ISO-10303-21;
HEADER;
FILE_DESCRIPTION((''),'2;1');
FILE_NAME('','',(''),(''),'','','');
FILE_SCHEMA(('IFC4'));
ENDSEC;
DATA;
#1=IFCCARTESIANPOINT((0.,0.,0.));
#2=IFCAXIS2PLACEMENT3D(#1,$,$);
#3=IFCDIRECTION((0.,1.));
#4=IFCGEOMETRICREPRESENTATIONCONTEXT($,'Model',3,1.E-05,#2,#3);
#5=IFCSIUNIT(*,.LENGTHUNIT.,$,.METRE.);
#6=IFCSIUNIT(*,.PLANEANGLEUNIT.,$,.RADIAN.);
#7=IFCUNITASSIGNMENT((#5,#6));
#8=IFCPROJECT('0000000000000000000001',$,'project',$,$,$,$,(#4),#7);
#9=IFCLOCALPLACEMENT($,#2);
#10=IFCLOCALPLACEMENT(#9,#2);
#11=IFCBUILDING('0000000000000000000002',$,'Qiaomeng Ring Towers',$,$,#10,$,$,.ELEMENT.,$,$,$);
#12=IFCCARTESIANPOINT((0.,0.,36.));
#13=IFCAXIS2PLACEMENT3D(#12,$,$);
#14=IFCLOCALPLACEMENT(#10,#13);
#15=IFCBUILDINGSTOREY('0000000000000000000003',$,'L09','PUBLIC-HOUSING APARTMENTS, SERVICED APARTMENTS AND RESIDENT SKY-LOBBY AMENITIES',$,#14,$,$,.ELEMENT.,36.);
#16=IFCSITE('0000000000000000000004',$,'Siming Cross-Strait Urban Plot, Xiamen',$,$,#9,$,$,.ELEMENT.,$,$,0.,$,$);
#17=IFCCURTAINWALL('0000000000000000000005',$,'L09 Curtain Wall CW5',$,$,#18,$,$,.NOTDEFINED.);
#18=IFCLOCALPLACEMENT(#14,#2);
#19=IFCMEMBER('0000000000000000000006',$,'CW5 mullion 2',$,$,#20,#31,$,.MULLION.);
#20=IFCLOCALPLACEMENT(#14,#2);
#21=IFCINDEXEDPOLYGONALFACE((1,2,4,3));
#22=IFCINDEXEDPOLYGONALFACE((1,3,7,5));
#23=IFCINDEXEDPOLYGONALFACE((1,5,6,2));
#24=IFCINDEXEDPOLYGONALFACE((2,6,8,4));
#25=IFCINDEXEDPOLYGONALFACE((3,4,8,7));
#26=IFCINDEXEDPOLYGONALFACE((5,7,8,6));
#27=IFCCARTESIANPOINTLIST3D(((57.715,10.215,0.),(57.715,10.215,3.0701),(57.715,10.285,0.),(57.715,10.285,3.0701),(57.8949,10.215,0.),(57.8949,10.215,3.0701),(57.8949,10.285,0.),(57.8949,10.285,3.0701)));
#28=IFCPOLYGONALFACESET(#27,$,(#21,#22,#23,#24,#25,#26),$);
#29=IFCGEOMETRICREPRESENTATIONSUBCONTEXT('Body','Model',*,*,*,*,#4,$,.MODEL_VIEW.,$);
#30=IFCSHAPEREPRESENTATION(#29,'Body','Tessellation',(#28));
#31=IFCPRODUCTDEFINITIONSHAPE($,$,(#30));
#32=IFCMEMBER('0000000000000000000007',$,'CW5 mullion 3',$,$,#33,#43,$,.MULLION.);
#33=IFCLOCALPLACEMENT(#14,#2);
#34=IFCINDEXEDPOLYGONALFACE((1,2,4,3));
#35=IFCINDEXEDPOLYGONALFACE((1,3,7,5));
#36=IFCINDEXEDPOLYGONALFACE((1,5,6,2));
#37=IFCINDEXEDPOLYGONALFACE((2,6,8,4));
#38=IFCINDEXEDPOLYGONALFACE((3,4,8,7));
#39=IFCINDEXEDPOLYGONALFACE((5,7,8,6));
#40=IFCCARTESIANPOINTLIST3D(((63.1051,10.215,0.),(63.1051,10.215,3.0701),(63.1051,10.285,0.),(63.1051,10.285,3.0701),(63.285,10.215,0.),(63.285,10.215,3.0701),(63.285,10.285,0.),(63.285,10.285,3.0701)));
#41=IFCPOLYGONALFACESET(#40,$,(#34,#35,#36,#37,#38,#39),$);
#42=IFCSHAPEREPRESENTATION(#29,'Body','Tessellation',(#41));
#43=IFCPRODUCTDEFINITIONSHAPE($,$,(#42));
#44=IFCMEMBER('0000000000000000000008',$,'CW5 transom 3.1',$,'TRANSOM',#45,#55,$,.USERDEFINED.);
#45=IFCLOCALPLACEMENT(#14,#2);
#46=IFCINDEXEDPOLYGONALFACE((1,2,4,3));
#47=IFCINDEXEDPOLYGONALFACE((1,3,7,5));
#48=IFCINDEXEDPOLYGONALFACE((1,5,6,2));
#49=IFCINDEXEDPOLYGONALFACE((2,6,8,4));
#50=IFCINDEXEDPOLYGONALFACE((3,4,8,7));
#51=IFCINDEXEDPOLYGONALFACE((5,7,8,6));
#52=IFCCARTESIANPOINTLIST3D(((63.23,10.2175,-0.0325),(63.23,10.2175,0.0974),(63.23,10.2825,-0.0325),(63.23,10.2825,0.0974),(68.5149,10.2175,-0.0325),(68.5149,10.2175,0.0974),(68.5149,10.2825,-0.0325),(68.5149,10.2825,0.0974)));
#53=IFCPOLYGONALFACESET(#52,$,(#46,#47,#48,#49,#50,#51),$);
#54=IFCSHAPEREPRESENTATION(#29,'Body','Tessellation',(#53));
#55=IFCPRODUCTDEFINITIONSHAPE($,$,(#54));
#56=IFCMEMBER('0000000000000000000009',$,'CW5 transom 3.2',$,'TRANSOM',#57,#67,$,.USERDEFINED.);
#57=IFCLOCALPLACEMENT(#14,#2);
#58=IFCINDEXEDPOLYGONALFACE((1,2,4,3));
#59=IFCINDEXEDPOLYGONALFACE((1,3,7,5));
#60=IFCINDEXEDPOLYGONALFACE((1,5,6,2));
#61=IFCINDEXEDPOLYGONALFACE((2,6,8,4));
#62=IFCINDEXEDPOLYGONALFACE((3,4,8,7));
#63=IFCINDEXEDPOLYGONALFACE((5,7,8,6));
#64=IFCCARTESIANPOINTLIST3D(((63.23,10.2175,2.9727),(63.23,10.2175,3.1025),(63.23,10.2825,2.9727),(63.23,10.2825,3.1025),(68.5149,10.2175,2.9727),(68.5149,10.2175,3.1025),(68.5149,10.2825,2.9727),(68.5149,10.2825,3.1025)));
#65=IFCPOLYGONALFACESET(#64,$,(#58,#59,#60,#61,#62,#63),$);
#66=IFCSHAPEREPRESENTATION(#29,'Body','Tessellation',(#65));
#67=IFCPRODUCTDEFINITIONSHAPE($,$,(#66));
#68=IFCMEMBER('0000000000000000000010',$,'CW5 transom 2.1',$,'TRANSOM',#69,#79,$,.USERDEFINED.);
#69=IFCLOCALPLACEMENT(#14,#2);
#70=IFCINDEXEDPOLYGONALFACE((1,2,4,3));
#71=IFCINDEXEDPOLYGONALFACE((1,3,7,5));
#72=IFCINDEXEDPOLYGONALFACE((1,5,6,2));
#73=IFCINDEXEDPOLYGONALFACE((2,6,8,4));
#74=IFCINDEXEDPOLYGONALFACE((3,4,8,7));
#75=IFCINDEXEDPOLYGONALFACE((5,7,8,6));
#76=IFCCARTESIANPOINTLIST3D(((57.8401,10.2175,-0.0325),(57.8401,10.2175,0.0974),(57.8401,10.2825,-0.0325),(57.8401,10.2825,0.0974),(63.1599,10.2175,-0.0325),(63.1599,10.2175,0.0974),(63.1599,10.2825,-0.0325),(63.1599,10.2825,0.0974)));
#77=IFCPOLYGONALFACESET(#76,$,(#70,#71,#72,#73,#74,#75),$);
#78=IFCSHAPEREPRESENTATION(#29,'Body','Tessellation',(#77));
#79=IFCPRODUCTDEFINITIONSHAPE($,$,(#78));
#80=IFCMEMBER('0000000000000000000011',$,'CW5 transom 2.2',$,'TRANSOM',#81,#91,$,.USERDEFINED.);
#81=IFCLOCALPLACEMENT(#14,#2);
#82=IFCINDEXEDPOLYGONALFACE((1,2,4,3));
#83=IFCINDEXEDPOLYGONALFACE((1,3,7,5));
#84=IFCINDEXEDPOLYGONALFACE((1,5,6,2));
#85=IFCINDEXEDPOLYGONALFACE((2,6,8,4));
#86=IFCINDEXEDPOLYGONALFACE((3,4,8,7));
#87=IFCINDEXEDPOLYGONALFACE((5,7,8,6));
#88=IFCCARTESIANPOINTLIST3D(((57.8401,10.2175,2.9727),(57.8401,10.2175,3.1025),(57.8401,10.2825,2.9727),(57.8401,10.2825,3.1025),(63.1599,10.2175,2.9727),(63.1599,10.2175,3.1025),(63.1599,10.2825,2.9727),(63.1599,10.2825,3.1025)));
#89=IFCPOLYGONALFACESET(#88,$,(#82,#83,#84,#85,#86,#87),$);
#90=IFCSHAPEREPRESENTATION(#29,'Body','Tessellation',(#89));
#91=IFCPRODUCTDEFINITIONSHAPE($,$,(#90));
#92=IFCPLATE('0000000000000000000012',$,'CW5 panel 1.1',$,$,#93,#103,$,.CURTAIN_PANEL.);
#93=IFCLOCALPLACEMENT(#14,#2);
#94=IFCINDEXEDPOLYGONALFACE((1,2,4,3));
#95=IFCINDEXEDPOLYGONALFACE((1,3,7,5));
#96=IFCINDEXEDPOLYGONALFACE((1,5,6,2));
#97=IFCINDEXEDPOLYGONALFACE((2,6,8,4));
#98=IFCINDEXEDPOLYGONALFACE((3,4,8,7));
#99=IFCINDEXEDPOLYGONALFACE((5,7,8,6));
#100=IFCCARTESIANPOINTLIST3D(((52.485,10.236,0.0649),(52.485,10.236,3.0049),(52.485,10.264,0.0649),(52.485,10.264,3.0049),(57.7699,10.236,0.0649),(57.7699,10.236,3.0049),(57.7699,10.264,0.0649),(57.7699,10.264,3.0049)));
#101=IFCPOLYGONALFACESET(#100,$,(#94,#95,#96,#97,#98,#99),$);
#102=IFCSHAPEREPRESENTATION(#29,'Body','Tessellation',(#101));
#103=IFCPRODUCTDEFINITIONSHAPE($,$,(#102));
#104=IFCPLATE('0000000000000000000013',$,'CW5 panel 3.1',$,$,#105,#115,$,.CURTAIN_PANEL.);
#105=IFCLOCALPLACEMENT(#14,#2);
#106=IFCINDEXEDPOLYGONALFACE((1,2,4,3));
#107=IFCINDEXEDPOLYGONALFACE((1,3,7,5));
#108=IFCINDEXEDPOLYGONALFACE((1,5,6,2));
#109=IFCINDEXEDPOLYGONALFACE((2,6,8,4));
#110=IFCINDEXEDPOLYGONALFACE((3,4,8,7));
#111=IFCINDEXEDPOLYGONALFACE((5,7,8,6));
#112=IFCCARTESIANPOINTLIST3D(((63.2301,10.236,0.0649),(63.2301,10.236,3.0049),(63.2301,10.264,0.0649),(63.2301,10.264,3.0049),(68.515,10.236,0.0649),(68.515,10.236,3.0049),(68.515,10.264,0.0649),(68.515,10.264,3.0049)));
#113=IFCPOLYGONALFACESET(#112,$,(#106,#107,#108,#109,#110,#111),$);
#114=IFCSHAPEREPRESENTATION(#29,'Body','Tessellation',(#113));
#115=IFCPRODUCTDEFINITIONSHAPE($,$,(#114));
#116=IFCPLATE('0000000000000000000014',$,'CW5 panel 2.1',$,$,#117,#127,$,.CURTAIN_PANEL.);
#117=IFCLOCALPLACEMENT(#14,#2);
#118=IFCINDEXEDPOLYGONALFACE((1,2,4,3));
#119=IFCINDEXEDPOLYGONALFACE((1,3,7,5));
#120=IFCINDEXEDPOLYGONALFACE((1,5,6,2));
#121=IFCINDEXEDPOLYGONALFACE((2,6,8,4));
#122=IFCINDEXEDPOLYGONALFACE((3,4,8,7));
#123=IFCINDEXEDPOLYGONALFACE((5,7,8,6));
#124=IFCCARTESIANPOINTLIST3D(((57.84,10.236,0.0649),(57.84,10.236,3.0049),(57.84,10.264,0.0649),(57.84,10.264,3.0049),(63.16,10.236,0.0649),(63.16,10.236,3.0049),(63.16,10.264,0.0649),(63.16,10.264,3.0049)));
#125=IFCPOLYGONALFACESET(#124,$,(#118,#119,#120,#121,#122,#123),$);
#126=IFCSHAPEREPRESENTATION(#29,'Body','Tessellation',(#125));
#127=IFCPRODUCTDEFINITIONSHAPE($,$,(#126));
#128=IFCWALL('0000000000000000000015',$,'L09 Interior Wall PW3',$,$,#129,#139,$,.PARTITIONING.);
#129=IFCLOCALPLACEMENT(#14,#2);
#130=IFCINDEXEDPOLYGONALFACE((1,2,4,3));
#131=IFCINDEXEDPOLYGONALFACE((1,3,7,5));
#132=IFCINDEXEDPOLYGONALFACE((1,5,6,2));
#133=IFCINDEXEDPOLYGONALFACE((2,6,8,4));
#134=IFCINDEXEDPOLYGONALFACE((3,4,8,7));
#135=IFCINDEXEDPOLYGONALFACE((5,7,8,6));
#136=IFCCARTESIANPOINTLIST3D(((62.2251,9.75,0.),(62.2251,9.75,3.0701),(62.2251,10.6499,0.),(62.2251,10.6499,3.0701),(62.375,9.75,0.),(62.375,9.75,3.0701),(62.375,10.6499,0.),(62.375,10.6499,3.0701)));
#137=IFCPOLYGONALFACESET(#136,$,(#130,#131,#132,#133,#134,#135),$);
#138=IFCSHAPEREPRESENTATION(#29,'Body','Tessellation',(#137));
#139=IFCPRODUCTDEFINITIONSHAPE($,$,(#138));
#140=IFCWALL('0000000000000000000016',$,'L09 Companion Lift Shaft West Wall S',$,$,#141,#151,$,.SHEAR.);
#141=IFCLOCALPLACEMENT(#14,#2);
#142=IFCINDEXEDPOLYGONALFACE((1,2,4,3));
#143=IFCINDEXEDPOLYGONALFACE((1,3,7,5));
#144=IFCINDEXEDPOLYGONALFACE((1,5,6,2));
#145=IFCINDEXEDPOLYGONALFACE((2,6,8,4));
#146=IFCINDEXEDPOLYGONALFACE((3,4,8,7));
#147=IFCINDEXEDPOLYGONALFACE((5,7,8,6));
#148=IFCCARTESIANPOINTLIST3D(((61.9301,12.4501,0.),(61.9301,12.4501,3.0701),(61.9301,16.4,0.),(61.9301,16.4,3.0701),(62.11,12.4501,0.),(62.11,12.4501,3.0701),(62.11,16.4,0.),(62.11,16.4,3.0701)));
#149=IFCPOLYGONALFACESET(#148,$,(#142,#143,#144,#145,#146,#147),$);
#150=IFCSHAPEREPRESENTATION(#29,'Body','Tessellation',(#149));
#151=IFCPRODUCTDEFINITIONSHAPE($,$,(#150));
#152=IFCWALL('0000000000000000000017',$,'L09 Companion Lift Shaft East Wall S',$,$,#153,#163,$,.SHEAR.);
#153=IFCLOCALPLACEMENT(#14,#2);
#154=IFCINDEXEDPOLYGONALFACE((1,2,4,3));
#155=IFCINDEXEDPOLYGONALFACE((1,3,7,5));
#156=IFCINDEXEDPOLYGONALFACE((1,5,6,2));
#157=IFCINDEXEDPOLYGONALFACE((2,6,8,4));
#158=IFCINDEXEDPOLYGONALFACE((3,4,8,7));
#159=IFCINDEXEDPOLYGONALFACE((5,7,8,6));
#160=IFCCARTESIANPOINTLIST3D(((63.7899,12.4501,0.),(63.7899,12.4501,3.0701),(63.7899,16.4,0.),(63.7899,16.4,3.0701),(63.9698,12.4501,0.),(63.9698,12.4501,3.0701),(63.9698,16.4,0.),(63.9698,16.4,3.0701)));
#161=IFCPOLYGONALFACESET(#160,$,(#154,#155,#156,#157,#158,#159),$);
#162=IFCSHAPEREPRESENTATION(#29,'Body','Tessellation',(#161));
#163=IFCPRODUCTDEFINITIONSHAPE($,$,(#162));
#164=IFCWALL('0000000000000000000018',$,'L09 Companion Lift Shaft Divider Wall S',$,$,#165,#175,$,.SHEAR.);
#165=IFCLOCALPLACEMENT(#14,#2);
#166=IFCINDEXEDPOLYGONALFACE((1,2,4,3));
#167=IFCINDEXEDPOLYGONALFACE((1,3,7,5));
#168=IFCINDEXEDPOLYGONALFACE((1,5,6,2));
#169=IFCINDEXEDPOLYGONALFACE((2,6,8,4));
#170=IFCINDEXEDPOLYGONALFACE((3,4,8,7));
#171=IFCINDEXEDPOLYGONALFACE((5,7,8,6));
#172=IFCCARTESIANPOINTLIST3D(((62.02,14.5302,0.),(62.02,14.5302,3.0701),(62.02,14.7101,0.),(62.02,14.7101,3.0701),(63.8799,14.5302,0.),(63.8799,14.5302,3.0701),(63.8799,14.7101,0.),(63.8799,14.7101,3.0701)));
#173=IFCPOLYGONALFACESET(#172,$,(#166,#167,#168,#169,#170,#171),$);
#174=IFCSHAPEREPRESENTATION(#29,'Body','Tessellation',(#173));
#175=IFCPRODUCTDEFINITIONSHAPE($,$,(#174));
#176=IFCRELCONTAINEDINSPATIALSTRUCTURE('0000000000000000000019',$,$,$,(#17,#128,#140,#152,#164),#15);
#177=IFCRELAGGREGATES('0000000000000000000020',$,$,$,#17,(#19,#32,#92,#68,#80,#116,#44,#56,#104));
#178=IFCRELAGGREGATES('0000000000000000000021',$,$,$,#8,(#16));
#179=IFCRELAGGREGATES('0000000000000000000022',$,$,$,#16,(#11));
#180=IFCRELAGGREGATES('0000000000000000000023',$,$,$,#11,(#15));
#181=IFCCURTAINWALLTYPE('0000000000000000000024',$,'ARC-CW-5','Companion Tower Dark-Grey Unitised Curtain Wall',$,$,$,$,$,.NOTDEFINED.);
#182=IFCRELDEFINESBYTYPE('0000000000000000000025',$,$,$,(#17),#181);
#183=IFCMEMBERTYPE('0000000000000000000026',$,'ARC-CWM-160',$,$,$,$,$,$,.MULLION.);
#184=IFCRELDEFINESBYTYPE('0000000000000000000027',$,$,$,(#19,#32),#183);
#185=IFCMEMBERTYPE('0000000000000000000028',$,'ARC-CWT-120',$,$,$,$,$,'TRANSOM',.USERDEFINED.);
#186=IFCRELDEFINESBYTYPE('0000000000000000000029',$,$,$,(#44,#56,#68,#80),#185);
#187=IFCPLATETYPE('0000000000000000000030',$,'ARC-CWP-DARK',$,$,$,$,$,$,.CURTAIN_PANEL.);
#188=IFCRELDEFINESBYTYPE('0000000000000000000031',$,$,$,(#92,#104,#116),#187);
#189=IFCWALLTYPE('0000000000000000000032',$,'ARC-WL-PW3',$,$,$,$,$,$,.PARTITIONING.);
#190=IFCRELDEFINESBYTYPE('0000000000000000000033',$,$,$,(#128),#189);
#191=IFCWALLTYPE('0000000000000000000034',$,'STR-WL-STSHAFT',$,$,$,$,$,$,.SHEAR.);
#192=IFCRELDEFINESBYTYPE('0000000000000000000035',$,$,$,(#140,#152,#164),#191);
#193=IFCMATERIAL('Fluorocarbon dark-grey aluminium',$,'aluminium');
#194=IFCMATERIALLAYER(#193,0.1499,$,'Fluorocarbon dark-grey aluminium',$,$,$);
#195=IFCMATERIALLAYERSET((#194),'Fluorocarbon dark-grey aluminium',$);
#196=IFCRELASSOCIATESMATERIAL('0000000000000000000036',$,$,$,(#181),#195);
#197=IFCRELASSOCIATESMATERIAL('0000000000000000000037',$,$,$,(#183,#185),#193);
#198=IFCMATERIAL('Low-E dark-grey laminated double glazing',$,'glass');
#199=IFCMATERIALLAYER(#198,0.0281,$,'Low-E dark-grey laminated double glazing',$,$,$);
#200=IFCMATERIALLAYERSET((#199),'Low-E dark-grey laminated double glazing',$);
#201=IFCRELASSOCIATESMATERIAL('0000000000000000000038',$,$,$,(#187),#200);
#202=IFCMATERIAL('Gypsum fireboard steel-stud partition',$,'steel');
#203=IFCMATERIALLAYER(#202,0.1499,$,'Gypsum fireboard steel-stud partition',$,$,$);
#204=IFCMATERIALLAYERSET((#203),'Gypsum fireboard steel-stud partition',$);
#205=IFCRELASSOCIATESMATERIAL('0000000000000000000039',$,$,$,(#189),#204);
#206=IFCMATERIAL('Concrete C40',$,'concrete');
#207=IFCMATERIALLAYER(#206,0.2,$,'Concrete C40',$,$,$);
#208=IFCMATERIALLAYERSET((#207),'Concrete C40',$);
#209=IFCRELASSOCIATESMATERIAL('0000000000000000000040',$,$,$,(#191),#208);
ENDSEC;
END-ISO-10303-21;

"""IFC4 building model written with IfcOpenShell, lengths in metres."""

from ifc_helpers import new_model, si_unit, direction, frame, frame_2d, origin, origin_2d, place, context, subcontext, project, spatial, rectangle, extrude, source, transform, mapped, material, layer, layer_set, material_profile, profile_set, type_object, element, aggregate, save


model = new_model("IFC4")

# Units and contexts
model_context = context("Model", 3, precision=1e-05, world=origin(), true_north=direction((0.0, 1.0)))
body_context = subcontext(model_context, "Body", "Model", "MODEL_VIEW")
ifc_project = project(units=[si_unit("LENGTHUNIT", "METRE"), si_unit("PLANEANGLEUNIT", "RADIAN")], contexts=[model_context])

# Site, building, storey
site_placement = place(None, origin())
site = spatial("IfcSite", under=ifc_project, at=site_placement, Name="Siming Cross-Strait Urban Plot, Xiamen", CompositionType="ELEMENT", RefElevation=0.0)
building_placement = place(site_placement, origin())
building = spatial("IfcBuilding", under=site, at=building_placement, Name="Qiaomeng Ring Towers", CompositionType="ELEMENT")
storey_placement = place(building_placement, frame((0.0, 0.0, 36.0)))
storey = spatial("IfcBuildingStorey", under=building, at=storey_placement, Name="L09", Description="PUBLIC-HOUSING APARTMENTS, SERVICED APARTMENTS AND RESIDENT SKY-LOBBY AMENITIES", CompositionType="ELEMENT", Elevation=36.0)

# Curtain wall, members, plates
ifc_material_1 = material(Name="Fluorocarbon dark-grey aluminium", Category="aluminium")
ifc_layer_1 = layer(ifc_material_1, 0.1499, Name="Fluorocarbon dark-grey aluminium")
ifc_layer_set_1 = layer_set([ifc_layer_1], Name="Fluorocarbon dark-grey aluminium")
curtain_wall_type = type_object("IfcCurtainWallType", Name="ARC-CW-5", Description="Companion Tower Dark-Grey Unitised Curtain Wall", PredefinedType="NOTDEFINED", material=ifc_layer_set_1)
curtain_wall_placement = place(storey_placement, origin())
curtain_wall = element("IfcCurtainWall", 1, at=curtain_wall_placement, inside=storey, type_object=curtain_wall_type, Name="L09 Curtain Wall CW5", PredefinedType="NOTDEFINED")
ifc_material_profile_1 = material_profile(ifc_material_1, rectangle(XDim=0.0701, YDim=0.1799, at=origin_2d()), Name="ALU MULL 70x180")
ifc_profile_set_1 = profile_set([ifc_material_profile_1], Name="Fluorocarbon dark-grey aluminium")
member_type_1 = type_object("IfcMemberType", Name="ARC-CWM-160", PredefinedType="MULLION", material=ifc_profile_set_1)
shared_shape_1 = source(origin(), body_context, "Body", "SweptSolid", [
    extrude(rectangle(XDim=0.0701, YDim=0.1799, at=origin_2d()), origin(), (0.0, 0.0, 1.0), 3.0701),
])
member_1_placement = place(storey_placement, frame((57.8049, 10.25, 0.0), z_axis=(0.0, 0.0, 1.0), x_axis=(0.0, 1.0, 0.0)))
member_1 = element("IfcMember", 2, at=member_1_placement, type_object=member_type_1, Name="CW5 mullion 2", PredefinedType="MULLION", context=body_context, shape_type="MappedRepresentation", body=[
    mapped(shared_shape_1, transform((0.0, 0.0, 0.0), x_axis=(1.0, 0.0, 0.0), y_axis=(0.0, 1.0, 0.0), z_axis=(0.0, 0.0, 1.0), scale=1.0)),
])
member_2_placement = place(storey_placement, frame((63.1951, 10.25, 0.0), z_axis=(0.0, 0.0, 1.0), x_axis=(0.0, 1.0, 0.0)))
member_2 = element("IfcMember", 3, at=member_2_placement, type_object=member_type_1, Name="CW5 mullion 3", PredefinedType="MULLION", context=body_context, shape_type="MappedRepresentation", body=[
    mapped(shared_shape_1, transform((0.0, 0.0, 0.0), x_axis=(1.0, 0.0, 0.0), y_axis=(0.0, 1.0, 0.0), z_axis=(0.0, 0.0, 1.0), scale=1.0)),
])
ifc_material_profile_2 = material_profile(ifc_material_1, rectangle(XDim=0.0649, YDim=0.1299, at=origin_2d()), Name="ALU TRAN 65x130")
ifc_profile_set_2 = profile_set([ifc_material_profile_2], Name="Fluorocarbon dark-grey aluminium")
member_type_2 = type_object("IfcMemberType", Name="ARC-CWT-120", ElementType="TRANSOM", PredefinedType="USERDEFINED", material=ifc_profile_set_2)
shared_shape_2 = source(origin(), body_context, "Body", "SweptSolid", [
    extrude(rectangle(XDim=0.0649, YDim=0.1299, at=origin_2d()), origin(), (0.0, 0.0, 1.0), 5.2849),
])
member_3_placement = place(storey_placement, frame((63.23, 10.25, 0.0325), z_axis=(1.0, 0.0, 0.0), x_axis=(0.0, 1.0, 0.0)))
member_3 = element("IfcMember", 4, at=member_3_placement, type_object=member_type_2, Name="CW5 transom 3.1", ObjectType="TRANSOM", PredefinedType="USERDEFINED", context=body_context, shape_type="MappedRepresentation", body=[
    mapped(shared_shape_2, transform((0.0, 0.0, 0.0), x_axis=(1.0, 0.0, 0.0), y_axis=(0.0, 1.0, 0.0), z_axis=(0.0, 0.0, 1.0), scale=1.0)),
])
member_4_placement = place(storey_placement, frame((63.23, 10.25, 3.0376), z_axis=(1.0, 0.0, 0.0), x_axis=(0.0, 1.0, 0.0)))
member_4 = element("IfcMember", 5, at=member_4_placement, type_object=member_type_2, Name="CW5 transom 3.2", ObjectType="TRANSOM", PredefinedType="USERDEFINED", context=body_context, shape_type="MappedRepresentation", body=[
    mapped(shared_shape_2, transform((0.0, 0.0, 0.0), x_axis=(1.0, 0.0, 0.0), y_axis=(0.0, 1.0, 0.0), z_axis=(0.0, 0.0, 1.0), scale=1.0)),
])
shared_shape_3 = source(origin(), body_context, "Body", "SweptSolid", [
    extrude(rectangle(XDim=0.0649, YDim=0.1299, at=origin_2d()), origin(), (0.0, 0.0, 1.0), 5.3198),
])
member_5_placement = place(storey_placement, frame((57.8401, 10.25, 0.0325), z_axis=(1.0, 0.0, 0.0), x_axis=(0.0, 1.0, 0.0)))
member_5 = element("IfcMember", 6, at=member_5_placement, type_object=member_type_2, Name="CW5 transom 2.1", ObjectType="TRANSOM", PredefinedType="USERDEFINED", context=body_context, shape_type="MappedRepresentation", body=[
    mapped(shared_shape_3, transform((0.0, 0.0, 0.0), x_axis=(1.0, 0.0, 0.0), y_axis=(0.0, 1.0, 0.0), z_axis=(0.0, 0.0, 1.0), scale=1.0)),
])
member_6_placement = place(storey_placement, frame((57.8401, 10.25, 3.0376), z_axis=(1.0, 0.0, 0.0), x_axis=(0.0, 1.0, 0.0)))
member_6 = element("IfcMember", 7, at=member_6_placement, type_object=member_type_2, Name="CW5 transom 2.2", ObjectType="TRANSOM", PredefinedType="USERDEFINED", context=body_context, shape_type="MappedRepresentation", body=[
    mapped(shared_shape_3, transform((0.0, 0.0, 0.0), x_axis=(1.0, 0.0, 0.0), y_axis=(0.0, 1.0, 0.0), z_axis=(0.0, 0.0, 1.0), scale=1.0)),
])
ifc_material_2 = material(Name="Low-E dark-grey laminated double glazing", Category="glass")
ifc_layer_2 = layer(ifc_material_2, 0.0281, Name="Low-E dark-grey laminated double glazing")
ifc_layer_set_2 = layer_set([ifc_layer_2], Name="Low-E dark-grey laminated double glazing")
plate_type = type_object("IfcPlateType", Name="ARC-CWP-DARK", PredefinedType="CURTAIN_PANEL", material=ifc_layer_set_2)
shared_shape_4 = source(origin(), body_context, "Body", "SweptSolid", [
    extrude(rectangle(XDim=5.2849, YDim=0.0281, at=origin_2d()), origin(), (0.0, 0.0, 1.0), 2.9399),
])
plate_1_placement = place(storey_placement, frame((55.1274, 10.25, 0.0649), z_axis=(0.0, 0.0, 1.0), x_axis=(1.0, 0.0, 0.0)))
plate_1 = element("IfcPlate", 8, at=plate_1_placement, type_object=plate_type, Name="CW5 panel 1.1", PredefinedType="CURTAIN_PANEL", context=body_context, shape_type="MappedRepresentation", body=[
    mapped(shared_shape_4, transform((0.0, 0.0, 0.0), x_axis=(1.0, 0.0, 0.0), y_axis=(0.0, 1.0, 0.0), z_axis=(0.0, 0.0, 1.0), scale=1.0)),
])
plate_2_placement = place(storey_placement, frame((65.8726, 10.25, 0.0649), z_axis=(0.0, 0.0, 1.0), x_axis=(1.0, 0.0, 0.0)))
plate_2 = element("IfcPlate", 9, at=plate_2_placement, type_object=plate_type, Name="CW5 panel 3.1", PredefinedType="CURTAIN_PANEL", context=body_context, shape_type="MappedRepresentation", body=[
    mapped(shared_shape_4, transform((0.0, 0.0, 0.0), x_axis=(1.0, 0.0, 0.0), y_axis=(0.0, 1.0, 0.0), z_axis=(0.0, 0.0, 1.0), scale=1.0)),
])
shared_shape_5 = source(origin(), body_context, "Body", "SweptSolid", [
    extrude(rectangle(XDim=5.3201, YDim=0.0281, at=origin_2d()), origin(), (0.0, 0.0, 1.0), 2.9399),
])
plate_3_placement = place(storey_placement, frame((60.5, 10.25, 0.0649), z_axis=(0.0, 0.0, 1.0), x_axis=(1.0, 0.0, 0.0)))
plate_3 = element("IfcPlate", 10, at=plate_3_placement, type_object=plate_type, Name="CW5 panel 2.1", PredefinedType="CURTAIN_PANEL", context=body_context, shape_type="MappedRepresentation", body=[
    mapped(shared_shape_5, transform((0.0, 0.0, 0.0), x_axis=(1.0, 0.0, 0.0), y_axis=(0.0, 1.0, 0.0), z_axis=(0.0, 0.0, 1.0), scale=1.0)),
])
aggregate(curtain_wall, [member_1, member_2, plate_1, member_5, member_6, plate_3, member_3, member_4, plate_2])

# Walls
ifc_material_3 = material(Name="Gypsum fireboard steel-stud partition", Category="steel")
ifc_layer_3 = layer(ifc_material_3, 0.1499, Name="Gypsum fireboard steel-stud partition")
ifc_layer_set_3 = layer_set([ifc_layer_3], Name="Gypsum fireboard steel-stud partition")
wall_type_1 = type_object("IfcWallType", Name="ARC-WL-PW3", PredefinedType="PARTITIONING", material=ifc_layer_set_3)
wall_1_placement = place(storey_placement, frame((62.3, 9.75, 0.0), z_axis=(0.0, 0.0, 1.0), x_axis=(0.0, 1.0, 0.0)))
element("IfcWall", 11, at=wall_1_placement, inside=storey, type_object=wall_type_1, Name="L09 Interior Wall PW3", PredefinedType="PARTITIONING", context=body_context, shape_type="SweptSolid", body=[
    extrude(rectangle(XDim=0.8999, YDim=0.1499, at=frame_2d((0.45, 0.0))), origin(), (0.0, 0.0, 1.0), 3.0701),
])
ifc_material_4 = material(Name="Concrete C40", Category="concrete")
ifc_layer_4 = layer(ifc_material_4, 0.2, Name="Concrete C40")
ifc_layer_set_4 = layer_set([ifc_layer_4], Name="Concrete C40")
wall_type_2 = type_object("IfcWallType", Name="STR-WL-STSHAFT", PredefinedType="SHEAR", material=ifc_layer_set_4)
for number, where, z_axis, x_axis, name in (
    (12, (62.02, 12.45, 0.0), (0.0, 0.0, 1.0), (0.0, 1.0, 0.0), "L09 Companion Lift Shaft West Wall S"),
    (13, (63.8799, 12.45, 0.0), (0.0, 0.0, 1.0), (0.0, 1.0, 0.0), "L09 Companion Lift Shaft East Wall S"),
):
    element("IfcWall", number, at=place(storey_placement, frame(where, z_axis=z_axis, x_axis=x_axis)), inside=storey, type_object=wall_type_2, Name=name, PredefinedType="SHEAR", context=body_context, shape_type="SweptSolid", body=[
        extrude(rectangle(XDim=3.95, YDim=0.1799, at=frame_2d((1.9751, 0.0))), origin(), (0.0, 0.0, 1.0), 3.0701),
    ])
for number, where, z_axis, x_axis, name in (
    (14, (62.02, 14.6201, 0.0), (0.0, 0.0, 1.0), (1.0, 0.0, 0.0), "L09 Companion Lift Shaft Divider Wall S"),
):
    element("IfcWall", number, at=place(storey_placement, frame(where, z_axis=z_axis, x_axis=x_axis)), inside=storey, type_object=wall_type_2, Name=name, PredefinedType="SHEAR", context=body_context, shape_type="SweptSolid", body=[
        extrude(rectangle(XDim=1.8599, YDim=0.1799, at=frame_2d((0.9299, 0.0))), origin(), (0.0, 0.0, 1.0), 3.0701),
    ])

save(model, "model.ifc")
